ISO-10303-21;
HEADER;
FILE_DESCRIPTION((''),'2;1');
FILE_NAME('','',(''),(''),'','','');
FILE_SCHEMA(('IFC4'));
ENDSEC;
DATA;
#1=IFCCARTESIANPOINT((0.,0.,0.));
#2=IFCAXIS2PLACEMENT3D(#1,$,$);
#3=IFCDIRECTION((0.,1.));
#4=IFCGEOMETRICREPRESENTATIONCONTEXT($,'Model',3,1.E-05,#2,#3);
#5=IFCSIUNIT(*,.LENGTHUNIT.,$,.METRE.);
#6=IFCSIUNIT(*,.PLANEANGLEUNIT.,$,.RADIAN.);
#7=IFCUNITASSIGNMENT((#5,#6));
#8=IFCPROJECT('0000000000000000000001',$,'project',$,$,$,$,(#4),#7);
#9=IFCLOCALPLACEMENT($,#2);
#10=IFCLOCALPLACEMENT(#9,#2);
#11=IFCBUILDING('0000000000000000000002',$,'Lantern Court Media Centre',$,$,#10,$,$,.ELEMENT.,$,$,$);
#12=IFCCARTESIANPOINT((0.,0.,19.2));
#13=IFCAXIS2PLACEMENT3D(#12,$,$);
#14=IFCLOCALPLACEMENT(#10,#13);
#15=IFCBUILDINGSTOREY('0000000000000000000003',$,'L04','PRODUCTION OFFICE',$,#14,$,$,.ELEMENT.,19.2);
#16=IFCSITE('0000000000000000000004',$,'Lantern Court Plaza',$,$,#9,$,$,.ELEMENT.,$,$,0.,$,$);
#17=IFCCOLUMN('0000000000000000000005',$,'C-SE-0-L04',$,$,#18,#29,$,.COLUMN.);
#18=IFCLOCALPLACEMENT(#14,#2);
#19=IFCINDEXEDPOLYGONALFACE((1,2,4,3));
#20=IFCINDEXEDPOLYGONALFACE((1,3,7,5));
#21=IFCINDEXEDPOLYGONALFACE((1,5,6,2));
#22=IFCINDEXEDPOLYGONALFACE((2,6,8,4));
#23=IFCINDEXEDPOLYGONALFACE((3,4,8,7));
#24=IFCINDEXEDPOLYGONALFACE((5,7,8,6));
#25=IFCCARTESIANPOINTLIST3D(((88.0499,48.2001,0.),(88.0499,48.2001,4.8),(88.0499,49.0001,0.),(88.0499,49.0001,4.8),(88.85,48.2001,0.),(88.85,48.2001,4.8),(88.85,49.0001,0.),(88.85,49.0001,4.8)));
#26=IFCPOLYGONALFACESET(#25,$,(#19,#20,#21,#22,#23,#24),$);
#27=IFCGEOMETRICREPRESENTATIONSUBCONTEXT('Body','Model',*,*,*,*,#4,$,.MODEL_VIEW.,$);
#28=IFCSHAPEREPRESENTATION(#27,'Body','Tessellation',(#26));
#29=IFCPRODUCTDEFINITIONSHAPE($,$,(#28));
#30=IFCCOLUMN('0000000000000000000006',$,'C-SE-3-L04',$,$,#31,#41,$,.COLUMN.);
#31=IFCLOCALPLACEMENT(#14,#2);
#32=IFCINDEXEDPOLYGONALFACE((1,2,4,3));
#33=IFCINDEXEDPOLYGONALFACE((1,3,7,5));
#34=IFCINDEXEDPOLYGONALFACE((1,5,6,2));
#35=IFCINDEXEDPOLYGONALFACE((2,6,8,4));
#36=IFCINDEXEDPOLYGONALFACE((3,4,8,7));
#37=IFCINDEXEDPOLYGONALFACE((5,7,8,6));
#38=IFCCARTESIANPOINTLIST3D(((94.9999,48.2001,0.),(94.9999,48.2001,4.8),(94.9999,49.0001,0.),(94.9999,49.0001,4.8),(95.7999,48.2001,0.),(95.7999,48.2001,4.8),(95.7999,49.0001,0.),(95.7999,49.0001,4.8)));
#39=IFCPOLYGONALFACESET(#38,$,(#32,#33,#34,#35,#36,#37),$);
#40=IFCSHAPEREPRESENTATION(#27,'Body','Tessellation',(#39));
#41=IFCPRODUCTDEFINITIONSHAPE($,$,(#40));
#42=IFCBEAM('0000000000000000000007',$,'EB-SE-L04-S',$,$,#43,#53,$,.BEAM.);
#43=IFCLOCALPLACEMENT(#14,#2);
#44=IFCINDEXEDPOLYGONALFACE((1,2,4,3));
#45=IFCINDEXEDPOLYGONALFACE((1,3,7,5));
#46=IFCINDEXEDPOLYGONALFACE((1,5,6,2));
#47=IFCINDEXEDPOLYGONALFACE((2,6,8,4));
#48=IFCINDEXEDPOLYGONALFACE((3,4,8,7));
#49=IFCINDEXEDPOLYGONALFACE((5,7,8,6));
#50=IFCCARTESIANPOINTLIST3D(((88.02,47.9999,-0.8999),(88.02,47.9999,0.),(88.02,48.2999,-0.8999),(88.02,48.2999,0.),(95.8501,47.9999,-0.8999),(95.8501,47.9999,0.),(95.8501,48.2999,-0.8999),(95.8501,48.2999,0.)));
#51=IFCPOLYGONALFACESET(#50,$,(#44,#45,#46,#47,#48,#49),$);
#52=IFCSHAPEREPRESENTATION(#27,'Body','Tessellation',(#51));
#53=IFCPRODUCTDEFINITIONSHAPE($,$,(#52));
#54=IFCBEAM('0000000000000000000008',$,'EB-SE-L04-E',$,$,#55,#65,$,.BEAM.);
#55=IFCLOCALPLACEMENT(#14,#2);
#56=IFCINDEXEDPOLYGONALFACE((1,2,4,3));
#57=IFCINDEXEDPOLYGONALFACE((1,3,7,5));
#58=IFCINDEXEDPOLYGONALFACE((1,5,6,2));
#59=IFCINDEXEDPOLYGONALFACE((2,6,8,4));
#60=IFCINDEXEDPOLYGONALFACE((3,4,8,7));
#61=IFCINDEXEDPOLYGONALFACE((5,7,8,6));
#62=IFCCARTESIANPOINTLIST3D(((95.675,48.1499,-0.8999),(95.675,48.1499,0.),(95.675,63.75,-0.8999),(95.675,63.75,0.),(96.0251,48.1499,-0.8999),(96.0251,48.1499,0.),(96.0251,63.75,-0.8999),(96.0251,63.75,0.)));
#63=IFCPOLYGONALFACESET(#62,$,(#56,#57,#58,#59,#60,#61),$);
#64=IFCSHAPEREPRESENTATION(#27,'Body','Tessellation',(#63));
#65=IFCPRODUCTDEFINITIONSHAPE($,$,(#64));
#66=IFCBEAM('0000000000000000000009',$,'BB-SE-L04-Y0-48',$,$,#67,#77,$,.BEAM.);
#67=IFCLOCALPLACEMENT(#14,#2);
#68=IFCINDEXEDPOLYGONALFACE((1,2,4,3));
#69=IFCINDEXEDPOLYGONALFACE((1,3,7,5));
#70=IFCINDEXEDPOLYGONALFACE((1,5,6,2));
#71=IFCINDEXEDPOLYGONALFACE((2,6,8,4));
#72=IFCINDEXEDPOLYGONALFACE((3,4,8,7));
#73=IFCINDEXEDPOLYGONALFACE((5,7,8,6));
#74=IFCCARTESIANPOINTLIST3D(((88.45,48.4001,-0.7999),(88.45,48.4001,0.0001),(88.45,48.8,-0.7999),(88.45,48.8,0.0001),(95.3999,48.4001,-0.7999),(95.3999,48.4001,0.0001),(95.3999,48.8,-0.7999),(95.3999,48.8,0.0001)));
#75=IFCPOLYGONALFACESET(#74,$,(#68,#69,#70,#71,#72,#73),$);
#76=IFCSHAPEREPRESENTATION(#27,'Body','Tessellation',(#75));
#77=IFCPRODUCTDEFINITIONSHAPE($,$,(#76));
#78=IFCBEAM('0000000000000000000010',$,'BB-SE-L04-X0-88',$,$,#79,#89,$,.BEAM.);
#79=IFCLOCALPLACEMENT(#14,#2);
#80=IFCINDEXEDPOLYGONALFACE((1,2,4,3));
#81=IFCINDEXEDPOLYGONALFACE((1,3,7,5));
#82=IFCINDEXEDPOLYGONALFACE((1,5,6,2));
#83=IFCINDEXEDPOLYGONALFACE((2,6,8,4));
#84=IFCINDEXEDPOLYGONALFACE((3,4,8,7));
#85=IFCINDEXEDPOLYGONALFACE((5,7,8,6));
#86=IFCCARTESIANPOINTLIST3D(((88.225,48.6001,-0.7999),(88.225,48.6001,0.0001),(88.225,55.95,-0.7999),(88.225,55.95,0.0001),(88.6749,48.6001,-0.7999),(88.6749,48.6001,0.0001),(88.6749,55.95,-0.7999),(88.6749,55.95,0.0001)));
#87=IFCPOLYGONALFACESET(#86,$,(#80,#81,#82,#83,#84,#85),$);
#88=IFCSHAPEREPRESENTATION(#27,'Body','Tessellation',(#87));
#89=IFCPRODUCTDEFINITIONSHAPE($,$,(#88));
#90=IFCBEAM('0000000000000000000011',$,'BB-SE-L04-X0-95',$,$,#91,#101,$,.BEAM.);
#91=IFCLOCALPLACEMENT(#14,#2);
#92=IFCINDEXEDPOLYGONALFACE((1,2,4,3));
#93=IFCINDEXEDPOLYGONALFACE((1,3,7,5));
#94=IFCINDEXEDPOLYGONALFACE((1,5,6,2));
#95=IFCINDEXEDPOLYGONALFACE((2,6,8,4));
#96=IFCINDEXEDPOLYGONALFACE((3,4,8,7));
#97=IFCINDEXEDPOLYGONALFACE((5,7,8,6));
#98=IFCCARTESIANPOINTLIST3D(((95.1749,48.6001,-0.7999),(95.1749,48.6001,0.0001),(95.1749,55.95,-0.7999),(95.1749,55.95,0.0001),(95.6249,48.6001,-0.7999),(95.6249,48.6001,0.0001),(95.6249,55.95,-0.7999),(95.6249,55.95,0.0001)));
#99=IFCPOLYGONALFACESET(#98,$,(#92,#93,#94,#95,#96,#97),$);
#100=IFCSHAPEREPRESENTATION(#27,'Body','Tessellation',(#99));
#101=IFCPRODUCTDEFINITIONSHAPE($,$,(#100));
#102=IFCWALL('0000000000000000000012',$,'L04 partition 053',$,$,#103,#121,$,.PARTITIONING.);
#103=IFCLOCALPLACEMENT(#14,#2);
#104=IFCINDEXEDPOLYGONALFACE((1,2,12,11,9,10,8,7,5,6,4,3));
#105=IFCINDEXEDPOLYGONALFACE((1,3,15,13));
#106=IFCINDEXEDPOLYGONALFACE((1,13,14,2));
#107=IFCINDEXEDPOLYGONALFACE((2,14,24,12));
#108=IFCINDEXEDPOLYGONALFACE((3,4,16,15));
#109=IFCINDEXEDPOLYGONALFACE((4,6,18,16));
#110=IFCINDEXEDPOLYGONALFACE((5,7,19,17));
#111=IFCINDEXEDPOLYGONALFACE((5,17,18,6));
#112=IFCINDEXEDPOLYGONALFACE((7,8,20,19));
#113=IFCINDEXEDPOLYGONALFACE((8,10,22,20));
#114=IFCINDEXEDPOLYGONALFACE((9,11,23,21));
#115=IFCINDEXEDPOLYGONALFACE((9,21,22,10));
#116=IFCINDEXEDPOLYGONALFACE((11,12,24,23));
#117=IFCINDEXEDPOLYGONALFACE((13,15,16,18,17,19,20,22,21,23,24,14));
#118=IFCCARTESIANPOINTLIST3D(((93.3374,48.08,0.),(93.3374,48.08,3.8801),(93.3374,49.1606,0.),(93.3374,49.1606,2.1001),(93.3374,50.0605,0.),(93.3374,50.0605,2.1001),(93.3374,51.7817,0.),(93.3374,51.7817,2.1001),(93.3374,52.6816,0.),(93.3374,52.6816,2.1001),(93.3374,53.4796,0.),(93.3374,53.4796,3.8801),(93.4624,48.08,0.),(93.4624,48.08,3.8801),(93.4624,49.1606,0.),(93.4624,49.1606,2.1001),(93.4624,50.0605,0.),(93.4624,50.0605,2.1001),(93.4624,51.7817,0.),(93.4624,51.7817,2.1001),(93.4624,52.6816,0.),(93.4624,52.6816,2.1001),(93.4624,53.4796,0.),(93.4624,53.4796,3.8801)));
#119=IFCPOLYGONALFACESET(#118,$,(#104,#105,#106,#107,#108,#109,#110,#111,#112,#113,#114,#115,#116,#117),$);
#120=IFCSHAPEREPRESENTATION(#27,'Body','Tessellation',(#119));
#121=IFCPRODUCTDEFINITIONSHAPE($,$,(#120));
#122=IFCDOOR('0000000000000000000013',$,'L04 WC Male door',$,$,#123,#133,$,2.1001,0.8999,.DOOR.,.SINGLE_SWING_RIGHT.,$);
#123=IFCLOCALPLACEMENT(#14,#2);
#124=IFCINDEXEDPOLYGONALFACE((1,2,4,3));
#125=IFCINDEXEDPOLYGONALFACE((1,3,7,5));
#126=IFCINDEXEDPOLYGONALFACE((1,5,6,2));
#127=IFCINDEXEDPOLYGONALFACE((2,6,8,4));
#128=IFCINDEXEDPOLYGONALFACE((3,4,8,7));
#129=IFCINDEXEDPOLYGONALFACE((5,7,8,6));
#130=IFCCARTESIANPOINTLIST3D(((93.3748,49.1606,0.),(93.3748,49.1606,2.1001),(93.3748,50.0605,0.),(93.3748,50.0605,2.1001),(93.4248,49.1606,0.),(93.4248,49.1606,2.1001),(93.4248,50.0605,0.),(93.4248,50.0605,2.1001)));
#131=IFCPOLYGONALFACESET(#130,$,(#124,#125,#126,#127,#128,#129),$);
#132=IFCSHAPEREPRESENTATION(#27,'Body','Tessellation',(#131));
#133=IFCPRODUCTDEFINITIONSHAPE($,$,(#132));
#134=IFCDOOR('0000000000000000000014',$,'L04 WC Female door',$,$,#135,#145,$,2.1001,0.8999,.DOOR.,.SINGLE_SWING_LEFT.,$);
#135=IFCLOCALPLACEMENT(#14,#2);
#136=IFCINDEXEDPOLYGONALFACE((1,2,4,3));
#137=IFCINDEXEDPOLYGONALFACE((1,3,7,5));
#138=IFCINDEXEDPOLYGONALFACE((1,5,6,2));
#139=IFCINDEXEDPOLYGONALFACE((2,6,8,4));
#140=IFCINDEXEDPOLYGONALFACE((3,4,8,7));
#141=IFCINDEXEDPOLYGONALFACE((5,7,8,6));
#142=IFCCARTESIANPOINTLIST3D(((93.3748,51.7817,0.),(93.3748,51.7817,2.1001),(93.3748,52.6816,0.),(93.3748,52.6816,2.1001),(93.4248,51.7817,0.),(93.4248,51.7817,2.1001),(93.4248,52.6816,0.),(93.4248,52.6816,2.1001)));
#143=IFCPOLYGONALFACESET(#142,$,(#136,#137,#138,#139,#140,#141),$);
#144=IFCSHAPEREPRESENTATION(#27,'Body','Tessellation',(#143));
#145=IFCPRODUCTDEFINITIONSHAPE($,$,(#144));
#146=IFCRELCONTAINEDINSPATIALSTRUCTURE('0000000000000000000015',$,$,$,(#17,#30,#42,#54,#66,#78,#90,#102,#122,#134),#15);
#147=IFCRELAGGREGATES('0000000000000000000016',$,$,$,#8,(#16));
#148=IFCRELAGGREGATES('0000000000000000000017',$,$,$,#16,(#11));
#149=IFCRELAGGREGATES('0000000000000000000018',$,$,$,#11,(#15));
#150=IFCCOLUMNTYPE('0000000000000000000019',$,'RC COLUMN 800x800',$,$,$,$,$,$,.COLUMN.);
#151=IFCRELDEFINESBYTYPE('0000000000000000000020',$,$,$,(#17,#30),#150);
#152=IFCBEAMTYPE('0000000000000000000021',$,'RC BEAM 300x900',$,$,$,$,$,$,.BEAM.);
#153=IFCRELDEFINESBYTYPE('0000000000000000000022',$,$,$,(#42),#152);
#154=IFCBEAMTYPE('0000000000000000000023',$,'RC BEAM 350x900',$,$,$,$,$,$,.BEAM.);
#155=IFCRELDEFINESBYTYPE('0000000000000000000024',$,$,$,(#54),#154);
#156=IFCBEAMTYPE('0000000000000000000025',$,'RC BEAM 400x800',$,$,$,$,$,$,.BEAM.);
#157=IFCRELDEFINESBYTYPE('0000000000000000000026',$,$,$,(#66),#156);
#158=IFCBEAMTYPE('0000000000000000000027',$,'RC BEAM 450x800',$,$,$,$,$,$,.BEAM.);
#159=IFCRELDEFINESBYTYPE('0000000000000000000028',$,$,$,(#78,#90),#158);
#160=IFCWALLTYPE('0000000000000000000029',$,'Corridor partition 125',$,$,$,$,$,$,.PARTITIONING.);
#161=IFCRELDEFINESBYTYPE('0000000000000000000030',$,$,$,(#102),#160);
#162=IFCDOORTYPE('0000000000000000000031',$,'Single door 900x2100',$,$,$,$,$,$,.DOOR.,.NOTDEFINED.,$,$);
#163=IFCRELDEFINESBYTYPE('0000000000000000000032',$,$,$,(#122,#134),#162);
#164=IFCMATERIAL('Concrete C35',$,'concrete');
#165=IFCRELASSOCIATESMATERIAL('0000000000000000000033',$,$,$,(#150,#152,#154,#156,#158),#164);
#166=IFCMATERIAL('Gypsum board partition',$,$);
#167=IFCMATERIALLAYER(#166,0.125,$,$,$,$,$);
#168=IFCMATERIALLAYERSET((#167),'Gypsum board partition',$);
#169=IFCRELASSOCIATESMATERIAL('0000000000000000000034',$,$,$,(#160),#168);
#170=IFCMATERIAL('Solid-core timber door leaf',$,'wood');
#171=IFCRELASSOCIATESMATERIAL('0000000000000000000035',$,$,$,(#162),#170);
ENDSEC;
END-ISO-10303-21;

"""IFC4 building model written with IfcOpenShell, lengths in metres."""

from ifc_helpers import new_model, si_unit, direction, frame, frame_2d, origin, origin_2d, place, context, subcontext, project, spatial, rectangle, extrude, material, layer, layer_set, material_profile, profile_set, type_object, element, fill, save


model = new_model("IFC4")

# Units and contexts
model_context = context("Model", 3, precision=1e-05, world=origin(), true_north=direction((0.0, 1.0)))
body_context = subcontext(model_context, "Body", "Model", "MODEL_VIEW")
ifc_project = project(units=[si_unit("LENGTHUNIT", "METRE"), si_unit("PLANEANGLEUNIT", "RADIAN")], contexts=[model_context])

# Site, building, storey
site_placement = place(None, origin())
site = spatial("IfcSite", under=ifc_project, at=site_placement, Name="Lantern Court Plaza", CompositionType="ELEMENT", RefElevation=0.0)
building_placement = place(site_placement, origin())
building = spatial("IfcBuilding", under=site, at=building_placement, Name="Lantern Court Media Centre", CompositionType="ELEMENT")
storey_placement = place(building_placement, frame((0.0, 0.0, 19.2)))
storey = spatial("IfcBuildingStorey", under=building, at=storey_placement, Name="L04", Description="PRODUCTION OFFICE", CompositionType="ELEMENT", Elevation=19.2)

# Columns
ifc_material_1 = material(Name="Concrete C35", Category="concrete")
ifc_material_profile_1 = material_profile(ifc_material_1, rectangle(XDim=0.8, YDim=0.8, at=origin_2d()), Name="RC 800x800")
ifc_profile_set_1 = profile_set([ifc_material_profile_1], Name="Concrete C35")
column_type = type_object("IfcColumnType", Name="RC COLUMN 800x800", PredefinedType="COLUMN", material=ifc_profile_set_1)
for number, where, z_axis, x_axis, name in (
    (1, (88.45, 48.6001, 0.0), (0.0, 0.0, 1.0), (1.0, 0.0, 0.0), "C-SE-0-L04"),
    (2, (95.3999, 48.6001, 0.0), (0.0, 0.0, 1.0), (1.0, 0.0, 0.0), "C-SE-3-L04"),
):
    element("IfcColumn", number, at=place(storey_placement, frame(where, z_axis=z_axis, x_axis=x_axis)), inside=storey, type_object=column_type, Name=name, PredefinedType="COLUMN", context=body_context, shape_type="SweptSolid", body=[
        extrude(rectangle(XDim=0.8, YDim=0.8, at=origin_2d()), origin(), (0.0, 0.0, 1.0), 4.8),
    ])

# Beams
ifc_material_profile_2 = material_profile(ifc_material_1, rectangle(XDim=0.3, YDim=0.8999, at=origin_2d()), Name="RC 300x900")
ifc_profile_set_2 = profile_set([ifc_material_profile_2], Name="Concrete C35")
beam_type_1 = type_object("IfcBeamType", Name="RC BEAM 300x900", PredefinedType="BEAM", material=ifc_profile_set_2)
beam_1_placement = place(storey_placement, frame((88.02, 48.1499, -0.45), z_axis=(1.0, 0.0, 0.0), x_axis=(0.0, 1.0, 0.0)))
element("IfcBeam", 3, at=beam_1_placement, inside=storey, type_object=beam_type_1, Name="EB-SE-L04-S", PredefinedType="BEAM", context=body_context, shape_type="SweptSolid", body=[
    extrude(rectangle(XDim=0.3, YDim=0.8999, at=origin_2d()), origin(), (0.0, 0.0, 1.0), 7.8301),
])
ifc_material_profile_3 = material_profile(ifc_material_1, rectangle(XDim=0.3501, YDim=0.8999, at=origin_2d()), Name="RC 350x900")
ifc_profile_set_3 = profile_set([ifc_material_profile_3], Name="Concrete C35")
beam_type_2 = type_object("IfcBeamType", Name="RC BEAM 350x900", PredefinedType="BEAM", material=ifc_profile_set_3)
beam_2_placement = place(storey_placement, frame((95.8501, 48.1499, -0.45), z_axis=(0.0, 1.0, 0.0), x_axis=(-1.0, 0.0, 0.0)))
element("IfcBeam", 4, at=beam_2_placement, inside=storey, type_object=beam_type_2, Name="EB-SE-L04-E", PredefinedType="BEAM", context=body_context, shape_type="SweptSolid", body=[
    extrude(rectangle(XDim=0.3501, YDim=0.8999, at=origin_2d()), origin(), (0.0, 0.0, 1.0), 15.6001),
])
ifc_material_profile_4 = material_profile(ifc_material_1, rectangle(XDim=0.3999, YDim=0.8, at=origin_2d()), Name="RC 400x800")
ifc_profile_set_4 = profile_set([ifc_material_profile_4], Name="Concrete C35")
beam_type_3 = type_object("IfcBeamType", Name="RC BEAM 400x800", PredefinedType="BEAM", material=ifc_profile_set_4)
beam_3_placement = place(storey_placement, frame((88.45, 48.6001, -0.3999), z_axis=(1.0, 0.0, 0.0), x_axis=(0.0, 1.0, 0.0)))
element("IfcBeam", 5, at=beam_3_placement, inside=storey, type_object=beam_type_3, Name="BB-SE-L04-Y0-48", PredefinedType="BEAM", context=body_context, shape_type="SweptSolid", body=[
    extrude(rectangle(XDim=0.3999, YDim=0.8, at=origin_2d()), origin(), (0.0, 0.0, 1.0), 6.95),
])
ifc_material_profile_5 = material_profile(ifc_material_1, rectangle(XDim=0.45, YDim=0.8, at=origin_2d()), Name="RC 450x800")
ifc_profile_set_5 = profile_set([ifc_material_profile_5], Name="Concrete C35")
beam_type_4 = type_object("IfcBeamType", Name="RC BEAM 450x800", PredefinedType="BEAM", material=ifc_profile_set_5)
for number, where, z_axis, x_axis, name in (
    (6, (88.45, 48.6001, -0.3999), (0.0, 1.0, 0.0), (-1.0, 0.0, 0.0), "BB-SE-L04-X0-88"),
    (7, (95.3999, 48.6001, -0.3999), (0.0, 1.0, 0.0), (-1.0, 0.0, 0.0), "BB-SE-L04-X0-95"),
):
    element("IfcBeam", number, at=place(storey_placement, frame(where, z_axis=z_axis, x_axis=x_axis)), inside=storey, type_object=beam_type_4, Name=name, PredefinedType="BEAM", context=body_context, shape_type="SweptSolid", body=[
        extrude(rectangle(XDim=0.45, YDim=0.8, at=origin_2d()), origin(), (0.0, 0.0, 1.0), 7.3499),
    ])

# Wall, openings, doors
ifc_material_2 = material(Name="Gypsum board partition")
ifc_layer_1 = layer(ifc_material_2, 0.125)
ifc_layer_set_1 = layer_set([ifc_layer_1], Name="Gypsum board partition")
wall_type_1 = type_object("IfcWallType", Name="Corridor partition 125", PredefinedType="PARTITIONING", material=ifc_layer_set_1)
wall_1_placement = place(storey_placement, frame((93.3999, 48.0801, 0.0), z_axis=(0.0, 0.0, 1.0), x_axis=(0.0, 1.0, 0.0)))
wall_1 = element("IfcWall", 8, at=wall_1_placement, inside=storey, type_object=wall_type_1, Name="L04 partition 053", PredefinedType="PARTITIONING", context=body_context, shape_type="SweptSolid", body=[
    extrude(rectangle(XDim=5.3997, YDim=0.125, at=frame_2d((2.6997, 0.0))), origin(), (0.0, 0.0, 1.0), 3.8801),
])
opening_1_placement = place(wall_1_placement, frame((1.0806, 0.0, 0.0)))
opening_1 = element("IfcOpeningElement", 9, at=opening_1_placement, cuts=wall_1, PredefinedType="OPENING", context=body_context, shape_type="SweptSolid", body=[
    extrude(rectangle(XDim=0.8999, YDim=2.1001, at=frame_2d((0.45, 1.05))), frame((0.0, 0.0725, 0.0), z_axis=(0.0, -1.0, 0.0), x_axis=(1.0, 0.0, 0.0)), (0.0, 0.0, 1.0), 0.145),
])
opening_2_placement = place(wall_1_placement, frame((3.7017, 0.0, 0.0)))
opening_2 = element("IfcOpeningElement", 10, at=opening_2_placement, cuts=wall_1, PredefinedType="OPENING", context=body_context, shape_type="SweptSolid", body=[
    extrude(rectangle(XDim=0.8999, YDim=2.1001, at=frame_2d((0.45, 1.05))), frame((0.0, 0.0725, 0.0), z_axis=(0.0, -1.0, 0.0), x_axis=(1.0, 0.0, 0.0)), (0.0, 0.0, 1.0), 0.145),
])
ifc_material_3 = material(Name="Solid-core timber door leaf", Category="wood")
door_type_1 = type_object("IfcDoorType", Name="Single door 900x2100", OperationType="NOTDEFINED", PredefinedType="DOOR", material=ifc_material_3)
door_1_placement = place(opening_1_placement, frame((0.8999, 0.0, 0.0), z_axis=(0.0, 0.0, 1.0), x_axis=(-1.0, 0.0, 0.0)))
door_1 = element("IfcDoor", 11, at=door_1_placement, inside=storey, type_object=door_type_1, Name="L04 WC Male door", OperationType="SINGLE_SWING_RIGHT", OverallHeight=2.1001, OverallWidth=0.8999, PredefinedType="DOOR", context=body_context, shape_type="SweptSolid", body=[
    extrude(rectangle(XDim=0.8999, YDim=2.1001, at=frame_2d((0.45, 1.05))), frame((0.0, 0.0249, 0.0), z_axis=(0.0, -1.0, 0.0), x_axis=(1.0, 0.0, 0.0)), (0.0, 0.0, 1.0), 0.05),
])
fill(opening_1, door_1)
door_2_placement = place(opening_2_placement, frame((0.8999, 0.0, 0.0), z_axis=(0.0, 0.0, 1.0), x_axis=(-1.0, 0.0, 0.0)))
door_2 = element("IfcDoor", 12, at=door_2_placement, inside=storey, type_object=door_type_1, Name="L04 WC Female door", OperationType="SINGLE_SWING_LEFT", OverallHeight=2.1001, OverallWidth=0.8999, PredefinedType="DOOR", context=body_context, shape_type="SweptSolid", body=[
    extrude(rectangle(XDim=0.8999, YDim=2.1001, at=frame_2d((0.45, 1.05))), frame((0.0, 0.0249, 0.0), z_axis=(0.0, -1.0, 0.0), x_axis=(1.0, 0.0, 0.0)), (0.0, 0.0, 1.0), 0.05),
])
fill(opening_2, door_2)

save(model, "model.ifc")
